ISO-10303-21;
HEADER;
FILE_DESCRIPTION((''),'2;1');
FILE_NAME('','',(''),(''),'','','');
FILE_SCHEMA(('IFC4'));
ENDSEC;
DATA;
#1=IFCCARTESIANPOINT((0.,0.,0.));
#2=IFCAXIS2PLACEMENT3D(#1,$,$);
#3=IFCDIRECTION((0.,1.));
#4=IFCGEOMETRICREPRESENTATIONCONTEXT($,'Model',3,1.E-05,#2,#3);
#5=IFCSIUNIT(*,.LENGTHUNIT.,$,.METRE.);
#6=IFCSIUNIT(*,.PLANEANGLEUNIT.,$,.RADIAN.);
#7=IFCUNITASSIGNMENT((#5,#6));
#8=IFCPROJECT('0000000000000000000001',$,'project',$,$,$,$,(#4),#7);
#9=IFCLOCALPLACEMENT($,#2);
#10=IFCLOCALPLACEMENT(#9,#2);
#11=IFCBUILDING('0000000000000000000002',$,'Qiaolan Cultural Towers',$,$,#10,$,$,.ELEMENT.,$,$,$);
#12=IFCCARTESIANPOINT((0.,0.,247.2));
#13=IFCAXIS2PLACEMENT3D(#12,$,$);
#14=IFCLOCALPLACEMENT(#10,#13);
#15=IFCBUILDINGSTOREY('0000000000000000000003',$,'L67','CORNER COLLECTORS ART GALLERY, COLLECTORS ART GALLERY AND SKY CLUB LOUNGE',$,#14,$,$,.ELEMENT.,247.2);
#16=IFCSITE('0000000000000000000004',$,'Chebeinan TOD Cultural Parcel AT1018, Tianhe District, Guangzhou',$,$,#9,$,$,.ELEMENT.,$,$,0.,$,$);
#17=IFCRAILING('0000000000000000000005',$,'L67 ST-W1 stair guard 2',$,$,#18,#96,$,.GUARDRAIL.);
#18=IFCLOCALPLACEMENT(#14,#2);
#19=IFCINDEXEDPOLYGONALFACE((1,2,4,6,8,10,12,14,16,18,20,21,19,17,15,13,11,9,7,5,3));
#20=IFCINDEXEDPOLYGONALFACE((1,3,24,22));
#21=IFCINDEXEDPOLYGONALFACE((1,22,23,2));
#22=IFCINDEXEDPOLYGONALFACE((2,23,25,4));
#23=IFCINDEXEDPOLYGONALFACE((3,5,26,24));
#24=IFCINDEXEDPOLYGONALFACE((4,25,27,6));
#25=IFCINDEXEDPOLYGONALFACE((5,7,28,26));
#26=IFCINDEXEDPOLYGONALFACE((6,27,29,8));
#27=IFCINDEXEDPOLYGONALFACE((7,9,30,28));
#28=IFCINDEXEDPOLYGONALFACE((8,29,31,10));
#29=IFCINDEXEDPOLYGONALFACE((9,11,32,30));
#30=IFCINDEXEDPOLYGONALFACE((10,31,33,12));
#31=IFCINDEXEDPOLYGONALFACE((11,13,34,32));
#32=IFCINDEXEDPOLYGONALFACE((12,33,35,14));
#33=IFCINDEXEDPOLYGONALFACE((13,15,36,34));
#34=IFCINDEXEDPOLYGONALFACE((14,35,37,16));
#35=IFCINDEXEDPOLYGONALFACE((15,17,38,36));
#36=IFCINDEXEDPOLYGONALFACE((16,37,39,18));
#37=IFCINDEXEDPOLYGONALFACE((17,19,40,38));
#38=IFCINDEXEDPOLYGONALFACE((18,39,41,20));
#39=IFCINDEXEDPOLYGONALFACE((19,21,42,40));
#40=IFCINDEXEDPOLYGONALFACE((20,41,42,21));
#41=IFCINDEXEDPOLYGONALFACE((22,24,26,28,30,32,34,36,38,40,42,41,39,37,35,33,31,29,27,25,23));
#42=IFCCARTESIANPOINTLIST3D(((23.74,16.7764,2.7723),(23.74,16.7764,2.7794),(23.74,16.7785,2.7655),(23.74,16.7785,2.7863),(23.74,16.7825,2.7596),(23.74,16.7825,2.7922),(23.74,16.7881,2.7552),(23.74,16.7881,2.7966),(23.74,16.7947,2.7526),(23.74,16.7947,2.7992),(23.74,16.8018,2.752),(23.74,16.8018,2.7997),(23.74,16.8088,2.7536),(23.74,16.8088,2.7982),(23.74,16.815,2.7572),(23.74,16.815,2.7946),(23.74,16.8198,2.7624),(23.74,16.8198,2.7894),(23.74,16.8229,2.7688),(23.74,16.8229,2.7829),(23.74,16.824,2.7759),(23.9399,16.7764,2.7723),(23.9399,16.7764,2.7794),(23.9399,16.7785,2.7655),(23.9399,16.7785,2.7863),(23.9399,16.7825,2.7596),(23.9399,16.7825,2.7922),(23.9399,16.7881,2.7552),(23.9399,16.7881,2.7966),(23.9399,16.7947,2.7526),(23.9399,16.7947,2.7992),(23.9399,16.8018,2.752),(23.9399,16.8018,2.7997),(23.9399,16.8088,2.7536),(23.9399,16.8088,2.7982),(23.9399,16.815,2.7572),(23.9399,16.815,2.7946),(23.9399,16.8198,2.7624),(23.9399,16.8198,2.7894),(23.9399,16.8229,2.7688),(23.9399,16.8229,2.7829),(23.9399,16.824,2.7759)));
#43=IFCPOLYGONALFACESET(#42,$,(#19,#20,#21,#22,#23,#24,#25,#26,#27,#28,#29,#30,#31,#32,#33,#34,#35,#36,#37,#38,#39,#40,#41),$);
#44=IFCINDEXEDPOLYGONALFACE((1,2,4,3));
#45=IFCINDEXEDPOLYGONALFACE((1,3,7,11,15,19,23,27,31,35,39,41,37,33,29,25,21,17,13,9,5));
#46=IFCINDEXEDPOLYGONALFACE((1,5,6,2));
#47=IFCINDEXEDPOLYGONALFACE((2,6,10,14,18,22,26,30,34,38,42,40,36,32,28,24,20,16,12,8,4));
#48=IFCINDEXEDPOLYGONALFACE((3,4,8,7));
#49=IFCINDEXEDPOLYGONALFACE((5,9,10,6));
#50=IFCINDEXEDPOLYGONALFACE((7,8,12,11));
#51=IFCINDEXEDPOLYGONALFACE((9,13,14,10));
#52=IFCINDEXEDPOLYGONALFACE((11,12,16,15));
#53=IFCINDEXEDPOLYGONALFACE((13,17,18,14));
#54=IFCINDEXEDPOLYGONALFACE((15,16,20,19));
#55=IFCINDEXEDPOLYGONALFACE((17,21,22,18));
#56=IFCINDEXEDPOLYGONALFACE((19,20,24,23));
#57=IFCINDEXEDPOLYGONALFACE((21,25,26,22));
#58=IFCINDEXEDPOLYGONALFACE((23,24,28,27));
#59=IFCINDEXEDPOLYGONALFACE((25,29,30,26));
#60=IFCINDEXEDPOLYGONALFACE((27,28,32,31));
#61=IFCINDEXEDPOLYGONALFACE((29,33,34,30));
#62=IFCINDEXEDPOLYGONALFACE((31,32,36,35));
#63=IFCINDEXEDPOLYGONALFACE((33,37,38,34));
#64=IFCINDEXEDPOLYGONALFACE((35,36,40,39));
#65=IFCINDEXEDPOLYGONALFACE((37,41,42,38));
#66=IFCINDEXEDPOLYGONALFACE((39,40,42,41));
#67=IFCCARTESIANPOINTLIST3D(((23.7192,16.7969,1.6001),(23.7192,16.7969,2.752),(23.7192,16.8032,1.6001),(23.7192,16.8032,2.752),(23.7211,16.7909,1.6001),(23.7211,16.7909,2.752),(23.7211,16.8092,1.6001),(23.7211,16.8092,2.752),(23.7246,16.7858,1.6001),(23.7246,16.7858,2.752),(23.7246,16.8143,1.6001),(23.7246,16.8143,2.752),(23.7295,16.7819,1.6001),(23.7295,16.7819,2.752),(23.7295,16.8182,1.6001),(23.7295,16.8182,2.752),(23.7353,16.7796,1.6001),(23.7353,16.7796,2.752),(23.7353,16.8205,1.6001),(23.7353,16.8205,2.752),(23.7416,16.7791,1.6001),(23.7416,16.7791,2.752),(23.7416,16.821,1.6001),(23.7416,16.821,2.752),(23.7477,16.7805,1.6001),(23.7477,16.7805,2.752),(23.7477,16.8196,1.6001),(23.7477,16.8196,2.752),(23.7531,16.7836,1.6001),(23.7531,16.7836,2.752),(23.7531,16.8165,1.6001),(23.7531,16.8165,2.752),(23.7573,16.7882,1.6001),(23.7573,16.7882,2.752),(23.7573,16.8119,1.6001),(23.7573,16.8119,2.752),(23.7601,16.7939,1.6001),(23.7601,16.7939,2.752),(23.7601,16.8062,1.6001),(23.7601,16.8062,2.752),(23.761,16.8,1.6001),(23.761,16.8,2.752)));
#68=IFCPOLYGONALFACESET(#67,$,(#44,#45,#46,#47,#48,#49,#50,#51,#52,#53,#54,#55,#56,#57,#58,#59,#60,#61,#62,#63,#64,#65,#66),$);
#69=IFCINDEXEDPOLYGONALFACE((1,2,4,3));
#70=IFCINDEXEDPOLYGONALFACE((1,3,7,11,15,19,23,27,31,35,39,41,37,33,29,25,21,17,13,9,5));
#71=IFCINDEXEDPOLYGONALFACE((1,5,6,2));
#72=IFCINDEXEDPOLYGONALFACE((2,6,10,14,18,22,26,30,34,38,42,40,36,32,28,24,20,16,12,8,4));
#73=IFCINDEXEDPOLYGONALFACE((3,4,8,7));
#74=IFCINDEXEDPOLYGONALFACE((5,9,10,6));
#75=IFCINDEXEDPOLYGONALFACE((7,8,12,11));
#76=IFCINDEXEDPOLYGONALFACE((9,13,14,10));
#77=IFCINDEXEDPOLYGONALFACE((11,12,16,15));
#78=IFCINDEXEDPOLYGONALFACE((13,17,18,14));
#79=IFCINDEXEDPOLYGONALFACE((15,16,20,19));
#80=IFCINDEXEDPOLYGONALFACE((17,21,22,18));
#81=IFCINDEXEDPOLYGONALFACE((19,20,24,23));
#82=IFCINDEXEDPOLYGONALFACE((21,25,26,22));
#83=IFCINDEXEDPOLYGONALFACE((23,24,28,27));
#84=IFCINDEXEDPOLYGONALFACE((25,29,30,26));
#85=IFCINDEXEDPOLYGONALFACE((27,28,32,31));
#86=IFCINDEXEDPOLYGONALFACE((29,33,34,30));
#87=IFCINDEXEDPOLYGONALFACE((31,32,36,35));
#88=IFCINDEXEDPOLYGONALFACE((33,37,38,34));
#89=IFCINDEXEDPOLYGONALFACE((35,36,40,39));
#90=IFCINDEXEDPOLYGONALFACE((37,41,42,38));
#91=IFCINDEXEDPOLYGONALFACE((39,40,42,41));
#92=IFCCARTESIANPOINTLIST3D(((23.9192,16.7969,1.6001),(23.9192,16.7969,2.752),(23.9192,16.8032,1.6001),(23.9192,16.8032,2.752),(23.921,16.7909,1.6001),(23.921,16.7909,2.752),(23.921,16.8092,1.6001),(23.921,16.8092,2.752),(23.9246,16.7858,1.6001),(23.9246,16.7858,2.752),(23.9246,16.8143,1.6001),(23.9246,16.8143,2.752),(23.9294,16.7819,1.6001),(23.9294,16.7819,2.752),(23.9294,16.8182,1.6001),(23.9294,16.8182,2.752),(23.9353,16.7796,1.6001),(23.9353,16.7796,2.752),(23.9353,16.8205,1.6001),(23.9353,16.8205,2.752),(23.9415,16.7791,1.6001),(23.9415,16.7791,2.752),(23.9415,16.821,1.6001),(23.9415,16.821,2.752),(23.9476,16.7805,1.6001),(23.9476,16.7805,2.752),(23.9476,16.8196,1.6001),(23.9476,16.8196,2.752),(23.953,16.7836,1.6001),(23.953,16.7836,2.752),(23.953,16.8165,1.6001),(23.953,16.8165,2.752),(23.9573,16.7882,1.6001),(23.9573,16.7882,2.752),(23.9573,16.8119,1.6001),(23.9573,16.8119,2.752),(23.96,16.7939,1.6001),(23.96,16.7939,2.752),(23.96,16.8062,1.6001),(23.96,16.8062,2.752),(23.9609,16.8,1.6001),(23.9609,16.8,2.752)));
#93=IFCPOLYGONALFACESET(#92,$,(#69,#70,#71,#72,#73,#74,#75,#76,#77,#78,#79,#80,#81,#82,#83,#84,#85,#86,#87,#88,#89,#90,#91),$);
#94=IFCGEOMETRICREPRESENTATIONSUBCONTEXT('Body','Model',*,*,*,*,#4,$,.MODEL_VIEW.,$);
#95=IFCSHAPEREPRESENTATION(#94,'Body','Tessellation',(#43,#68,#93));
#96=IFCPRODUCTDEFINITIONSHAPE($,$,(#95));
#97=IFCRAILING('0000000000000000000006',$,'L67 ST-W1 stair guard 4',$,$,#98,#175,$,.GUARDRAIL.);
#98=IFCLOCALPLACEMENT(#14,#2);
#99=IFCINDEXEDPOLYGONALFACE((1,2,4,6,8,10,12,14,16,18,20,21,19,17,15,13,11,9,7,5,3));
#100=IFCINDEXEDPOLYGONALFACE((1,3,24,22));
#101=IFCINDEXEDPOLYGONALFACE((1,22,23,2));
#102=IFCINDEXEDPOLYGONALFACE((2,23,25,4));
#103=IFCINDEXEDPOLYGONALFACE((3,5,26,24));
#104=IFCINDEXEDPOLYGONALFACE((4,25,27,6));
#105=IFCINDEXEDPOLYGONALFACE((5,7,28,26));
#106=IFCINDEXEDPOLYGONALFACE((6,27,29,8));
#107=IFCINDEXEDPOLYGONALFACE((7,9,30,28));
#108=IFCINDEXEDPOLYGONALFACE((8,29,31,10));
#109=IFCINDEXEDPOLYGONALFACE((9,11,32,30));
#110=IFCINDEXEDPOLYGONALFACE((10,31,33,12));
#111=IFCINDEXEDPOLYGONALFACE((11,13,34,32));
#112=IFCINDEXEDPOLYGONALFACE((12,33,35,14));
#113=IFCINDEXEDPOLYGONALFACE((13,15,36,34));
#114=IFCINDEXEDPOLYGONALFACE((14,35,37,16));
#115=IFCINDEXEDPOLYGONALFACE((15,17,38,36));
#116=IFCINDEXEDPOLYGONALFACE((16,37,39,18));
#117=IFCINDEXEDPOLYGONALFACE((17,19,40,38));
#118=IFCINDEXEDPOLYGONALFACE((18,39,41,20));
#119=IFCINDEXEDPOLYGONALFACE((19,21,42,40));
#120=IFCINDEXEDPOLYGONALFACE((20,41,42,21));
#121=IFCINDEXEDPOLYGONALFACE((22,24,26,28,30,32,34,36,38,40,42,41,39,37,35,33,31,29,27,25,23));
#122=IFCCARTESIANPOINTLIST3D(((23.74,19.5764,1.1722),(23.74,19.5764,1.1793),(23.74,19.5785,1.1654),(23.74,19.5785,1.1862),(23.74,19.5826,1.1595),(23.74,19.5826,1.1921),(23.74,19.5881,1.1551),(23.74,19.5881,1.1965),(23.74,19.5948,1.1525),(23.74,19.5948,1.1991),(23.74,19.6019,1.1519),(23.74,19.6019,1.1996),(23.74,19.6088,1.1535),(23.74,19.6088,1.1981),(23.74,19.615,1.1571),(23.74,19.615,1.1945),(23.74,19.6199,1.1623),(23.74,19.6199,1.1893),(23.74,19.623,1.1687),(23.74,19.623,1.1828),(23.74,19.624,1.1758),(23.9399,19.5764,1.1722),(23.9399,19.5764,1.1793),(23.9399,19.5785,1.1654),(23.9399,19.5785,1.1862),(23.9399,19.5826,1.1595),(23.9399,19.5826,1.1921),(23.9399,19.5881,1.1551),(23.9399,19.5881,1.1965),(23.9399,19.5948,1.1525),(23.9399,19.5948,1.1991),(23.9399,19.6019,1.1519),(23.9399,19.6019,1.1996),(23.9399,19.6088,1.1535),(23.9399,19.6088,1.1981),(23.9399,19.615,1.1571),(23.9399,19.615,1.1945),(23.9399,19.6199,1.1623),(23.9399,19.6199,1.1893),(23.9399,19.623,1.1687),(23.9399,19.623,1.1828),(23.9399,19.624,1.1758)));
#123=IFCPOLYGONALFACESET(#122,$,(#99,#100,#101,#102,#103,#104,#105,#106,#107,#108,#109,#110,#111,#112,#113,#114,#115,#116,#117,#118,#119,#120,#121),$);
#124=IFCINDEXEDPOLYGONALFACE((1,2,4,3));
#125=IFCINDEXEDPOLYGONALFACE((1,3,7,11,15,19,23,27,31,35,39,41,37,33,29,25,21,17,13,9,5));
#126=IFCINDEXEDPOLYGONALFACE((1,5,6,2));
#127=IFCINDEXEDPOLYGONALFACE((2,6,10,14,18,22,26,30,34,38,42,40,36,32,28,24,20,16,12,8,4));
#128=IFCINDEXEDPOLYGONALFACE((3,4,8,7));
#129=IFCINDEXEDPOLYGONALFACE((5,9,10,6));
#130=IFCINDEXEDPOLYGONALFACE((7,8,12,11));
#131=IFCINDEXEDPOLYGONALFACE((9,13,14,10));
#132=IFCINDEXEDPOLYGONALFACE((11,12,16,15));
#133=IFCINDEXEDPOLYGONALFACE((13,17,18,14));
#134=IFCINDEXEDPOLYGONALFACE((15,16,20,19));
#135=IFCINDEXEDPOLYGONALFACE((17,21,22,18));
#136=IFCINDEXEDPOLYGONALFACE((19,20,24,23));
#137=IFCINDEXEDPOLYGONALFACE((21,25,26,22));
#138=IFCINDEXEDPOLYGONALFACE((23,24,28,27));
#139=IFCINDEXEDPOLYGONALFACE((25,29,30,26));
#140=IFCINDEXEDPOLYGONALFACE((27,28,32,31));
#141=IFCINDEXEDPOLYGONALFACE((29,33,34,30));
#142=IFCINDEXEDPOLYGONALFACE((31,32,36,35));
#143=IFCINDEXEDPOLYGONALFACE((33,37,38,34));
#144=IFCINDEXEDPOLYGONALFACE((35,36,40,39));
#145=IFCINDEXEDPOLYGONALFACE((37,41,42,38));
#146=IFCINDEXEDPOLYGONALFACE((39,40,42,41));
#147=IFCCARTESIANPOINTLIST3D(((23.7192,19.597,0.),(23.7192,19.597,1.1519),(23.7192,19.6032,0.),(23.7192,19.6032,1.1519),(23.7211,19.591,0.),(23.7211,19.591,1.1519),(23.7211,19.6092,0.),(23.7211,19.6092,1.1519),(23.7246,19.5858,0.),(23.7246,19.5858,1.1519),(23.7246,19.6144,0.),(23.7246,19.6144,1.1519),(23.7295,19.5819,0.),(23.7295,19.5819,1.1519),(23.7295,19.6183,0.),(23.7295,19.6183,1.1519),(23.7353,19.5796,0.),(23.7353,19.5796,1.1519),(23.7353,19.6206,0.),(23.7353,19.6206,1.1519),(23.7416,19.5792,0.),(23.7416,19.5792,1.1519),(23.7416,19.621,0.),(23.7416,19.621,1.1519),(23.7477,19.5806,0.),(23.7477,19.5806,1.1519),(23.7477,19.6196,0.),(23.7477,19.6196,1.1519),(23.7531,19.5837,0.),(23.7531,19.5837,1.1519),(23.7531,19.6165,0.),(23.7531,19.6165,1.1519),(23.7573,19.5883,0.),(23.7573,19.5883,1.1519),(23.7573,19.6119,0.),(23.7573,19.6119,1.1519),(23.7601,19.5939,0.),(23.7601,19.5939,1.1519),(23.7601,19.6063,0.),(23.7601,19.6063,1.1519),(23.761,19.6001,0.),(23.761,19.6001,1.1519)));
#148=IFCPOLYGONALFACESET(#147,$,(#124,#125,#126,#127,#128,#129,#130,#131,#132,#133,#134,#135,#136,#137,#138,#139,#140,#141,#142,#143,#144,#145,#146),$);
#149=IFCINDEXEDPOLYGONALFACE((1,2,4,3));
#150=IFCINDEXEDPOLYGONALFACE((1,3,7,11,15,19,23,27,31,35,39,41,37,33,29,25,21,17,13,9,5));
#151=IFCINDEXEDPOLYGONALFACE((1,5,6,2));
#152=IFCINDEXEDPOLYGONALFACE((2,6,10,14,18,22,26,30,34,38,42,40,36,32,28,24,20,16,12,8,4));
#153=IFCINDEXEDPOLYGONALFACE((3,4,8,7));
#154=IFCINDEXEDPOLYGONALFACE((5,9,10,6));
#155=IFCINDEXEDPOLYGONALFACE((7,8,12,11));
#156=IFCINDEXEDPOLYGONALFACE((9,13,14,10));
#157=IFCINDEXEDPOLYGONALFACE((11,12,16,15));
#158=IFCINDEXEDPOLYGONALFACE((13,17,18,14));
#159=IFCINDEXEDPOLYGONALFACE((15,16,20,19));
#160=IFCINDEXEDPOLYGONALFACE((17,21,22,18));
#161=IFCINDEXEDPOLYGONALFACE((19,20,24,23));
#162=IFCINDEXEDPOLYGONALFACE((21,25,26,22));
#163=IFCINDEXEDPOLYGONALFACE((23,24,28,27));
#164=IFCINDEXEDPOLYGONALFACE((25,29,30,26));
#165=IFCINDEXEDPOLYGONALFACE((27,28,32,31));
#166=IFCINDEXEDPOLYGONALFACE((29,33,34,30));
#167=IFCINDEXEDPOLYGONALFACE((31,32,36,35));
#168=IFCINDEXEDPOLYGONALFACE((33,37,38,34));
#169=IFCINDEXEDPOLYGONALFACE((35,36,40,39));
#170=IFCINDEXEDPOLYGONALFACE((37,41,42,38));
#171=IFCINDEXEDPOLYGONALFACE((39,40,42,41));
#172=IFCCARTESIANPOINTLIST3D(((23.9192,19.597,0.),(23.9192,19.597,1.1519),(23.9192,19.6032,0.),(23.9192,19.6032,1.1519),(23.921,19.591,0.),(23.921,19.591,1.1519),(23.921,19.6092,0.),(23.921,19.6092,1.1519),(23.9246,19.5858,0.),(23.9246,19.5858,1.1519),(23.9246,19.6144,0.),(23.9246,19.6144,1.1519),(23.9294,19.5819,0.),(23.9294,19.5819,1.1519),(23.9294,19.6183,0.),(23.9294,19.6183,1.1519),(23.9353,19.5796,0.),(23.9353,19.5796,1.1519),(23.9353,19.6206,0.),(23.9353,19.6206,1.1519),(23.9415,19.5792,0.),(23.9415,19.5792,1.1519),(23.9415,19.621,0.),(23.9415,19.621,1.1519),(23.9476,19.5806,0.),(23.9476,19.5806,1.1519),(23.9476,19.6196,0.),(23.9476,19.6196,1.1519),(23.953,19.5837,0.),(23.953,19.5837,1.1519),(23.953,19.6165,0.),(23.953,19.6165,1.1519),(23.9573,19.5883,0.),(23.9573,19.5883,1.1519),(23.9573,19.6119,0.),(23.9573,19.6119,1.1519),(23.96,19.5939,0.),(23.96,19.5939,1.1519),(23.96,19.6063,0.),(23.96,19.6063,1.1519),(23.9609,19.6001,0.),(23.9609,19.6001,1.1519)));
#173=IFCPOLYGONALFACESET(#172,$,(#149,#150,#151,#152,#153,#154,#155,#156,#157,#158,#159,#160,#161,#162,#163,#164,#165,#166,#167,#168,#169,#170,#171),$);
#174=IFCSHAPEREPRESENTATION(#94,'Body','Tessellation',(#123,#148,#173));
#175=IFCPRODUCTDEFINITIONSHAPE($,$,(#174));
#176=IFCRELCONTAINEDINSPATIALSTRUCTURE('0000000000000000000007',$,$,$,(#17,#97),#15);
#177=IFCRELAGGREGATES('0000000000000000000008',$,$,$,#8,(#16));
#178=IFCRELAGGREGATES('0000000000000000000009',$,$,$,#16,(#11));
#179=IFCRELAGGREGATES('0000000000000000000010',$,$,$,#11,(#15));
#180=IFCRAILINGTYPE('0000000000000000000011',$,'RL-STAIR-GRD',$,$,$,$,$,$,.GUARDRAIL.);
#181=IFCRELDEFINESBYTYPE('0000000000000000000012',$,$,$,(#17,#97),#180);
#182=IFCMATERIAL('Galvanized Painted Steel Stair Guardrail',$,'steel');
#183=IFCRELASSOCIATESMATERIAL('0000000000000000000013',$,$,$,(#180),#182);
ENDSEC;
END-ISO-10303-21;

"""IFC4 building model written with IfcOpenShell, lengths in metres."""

from ifc_helpers import new_model, si_unit, direction, frame, origin, origin_2d, place, context, subcontext, project, spatial, circle, extrude, material, type_object, element, save


model = new_model("IFC4")

# Units and contexts
model_context = context("Model", 3, precision=1e-05, world=origin(), true_north=direction((0.0, 1.0)))
body_context = subcontext(model_context, "Body", "Model", "MODEL_VIEW")
ifc_project = project(units=[si_unit("LENGTHUNIT", "METRE"), si_unit("PLANEANGLEUNIT", "RADIAN")], contexts=[model_context])

# Site, building, storey
site_placement = place(None, origin())
site = spatial("IfcSite", under=ifc_project, at=site_placement, Name="Chebeinan TOD Cultural Parcel AT1018, Tianhe District, Guangzhou", CompositionType="ELEMENT", RefElevation=0.0)
building_placement = place(site_placement, origin())
building = spatial("IfcBuilding", under=site, at=building_placement, Name="Qiaolan Cultural Towers", CompositionType="ELEMENT")
storey_placement = place(building_placement, frame((0.0, 0.0, 247.2)))
storey = spatial("IfcBuildingStorey", under=building, at=storey_placement, Name="L67", Description="CORNER COLLECTORS ART GALLERY, COLLECTORS ART GALLERY AND SKY CLUB LOUNGE", CompositionType="ELEMENT", Elevation=247.2)

# Railings
ifc_material_1 = material(Name="Galvanized Painted Steel Stair Guardrail", Category="steel")
railing_type_1 = type_object("IfcRailingType", Name="RL-STAIR-GRD", PredefinedType="GUARDRAIL", material=ifc_material_1)
for number, where, name in (
    (1, (23.74, 16.8, 1.6001), "L67 ST-W1 stair guard 2"),
    (2, (23.74, 19.6001, 0.0), "L67 ST-W1 stair guard 4"),
):
    element("IfcRailing", number, at=place(storey_placement, frame(where)), inside=storey, type_object=railing_type_1, Name=name, PredefinedType="GUARDRAIL", context=body_context, shape_type="SweptSolid", body=[
        extrude(circle(Radius=0.0239, at=origin_2d()), frame((0.0, 0.0, 1.1758), z_axis=(1.0, 0.0, 0.0), x_axis=(0.0, 1.0, 0.0)), (0.0, 0.0, 1.0), 0.2),
        extrude(circle(Radius=0.021, at=origin_2d()), origin(), (0.0, 0.0, 1.0), 1.1519),
        extrude(circle(Radius=0.021, at=origin_2d()), frame((0.2, 0.0, 0.0)), (0.0, 0.0, 1.0), 1.1519),
    ])

save(model, "model.ifc")
